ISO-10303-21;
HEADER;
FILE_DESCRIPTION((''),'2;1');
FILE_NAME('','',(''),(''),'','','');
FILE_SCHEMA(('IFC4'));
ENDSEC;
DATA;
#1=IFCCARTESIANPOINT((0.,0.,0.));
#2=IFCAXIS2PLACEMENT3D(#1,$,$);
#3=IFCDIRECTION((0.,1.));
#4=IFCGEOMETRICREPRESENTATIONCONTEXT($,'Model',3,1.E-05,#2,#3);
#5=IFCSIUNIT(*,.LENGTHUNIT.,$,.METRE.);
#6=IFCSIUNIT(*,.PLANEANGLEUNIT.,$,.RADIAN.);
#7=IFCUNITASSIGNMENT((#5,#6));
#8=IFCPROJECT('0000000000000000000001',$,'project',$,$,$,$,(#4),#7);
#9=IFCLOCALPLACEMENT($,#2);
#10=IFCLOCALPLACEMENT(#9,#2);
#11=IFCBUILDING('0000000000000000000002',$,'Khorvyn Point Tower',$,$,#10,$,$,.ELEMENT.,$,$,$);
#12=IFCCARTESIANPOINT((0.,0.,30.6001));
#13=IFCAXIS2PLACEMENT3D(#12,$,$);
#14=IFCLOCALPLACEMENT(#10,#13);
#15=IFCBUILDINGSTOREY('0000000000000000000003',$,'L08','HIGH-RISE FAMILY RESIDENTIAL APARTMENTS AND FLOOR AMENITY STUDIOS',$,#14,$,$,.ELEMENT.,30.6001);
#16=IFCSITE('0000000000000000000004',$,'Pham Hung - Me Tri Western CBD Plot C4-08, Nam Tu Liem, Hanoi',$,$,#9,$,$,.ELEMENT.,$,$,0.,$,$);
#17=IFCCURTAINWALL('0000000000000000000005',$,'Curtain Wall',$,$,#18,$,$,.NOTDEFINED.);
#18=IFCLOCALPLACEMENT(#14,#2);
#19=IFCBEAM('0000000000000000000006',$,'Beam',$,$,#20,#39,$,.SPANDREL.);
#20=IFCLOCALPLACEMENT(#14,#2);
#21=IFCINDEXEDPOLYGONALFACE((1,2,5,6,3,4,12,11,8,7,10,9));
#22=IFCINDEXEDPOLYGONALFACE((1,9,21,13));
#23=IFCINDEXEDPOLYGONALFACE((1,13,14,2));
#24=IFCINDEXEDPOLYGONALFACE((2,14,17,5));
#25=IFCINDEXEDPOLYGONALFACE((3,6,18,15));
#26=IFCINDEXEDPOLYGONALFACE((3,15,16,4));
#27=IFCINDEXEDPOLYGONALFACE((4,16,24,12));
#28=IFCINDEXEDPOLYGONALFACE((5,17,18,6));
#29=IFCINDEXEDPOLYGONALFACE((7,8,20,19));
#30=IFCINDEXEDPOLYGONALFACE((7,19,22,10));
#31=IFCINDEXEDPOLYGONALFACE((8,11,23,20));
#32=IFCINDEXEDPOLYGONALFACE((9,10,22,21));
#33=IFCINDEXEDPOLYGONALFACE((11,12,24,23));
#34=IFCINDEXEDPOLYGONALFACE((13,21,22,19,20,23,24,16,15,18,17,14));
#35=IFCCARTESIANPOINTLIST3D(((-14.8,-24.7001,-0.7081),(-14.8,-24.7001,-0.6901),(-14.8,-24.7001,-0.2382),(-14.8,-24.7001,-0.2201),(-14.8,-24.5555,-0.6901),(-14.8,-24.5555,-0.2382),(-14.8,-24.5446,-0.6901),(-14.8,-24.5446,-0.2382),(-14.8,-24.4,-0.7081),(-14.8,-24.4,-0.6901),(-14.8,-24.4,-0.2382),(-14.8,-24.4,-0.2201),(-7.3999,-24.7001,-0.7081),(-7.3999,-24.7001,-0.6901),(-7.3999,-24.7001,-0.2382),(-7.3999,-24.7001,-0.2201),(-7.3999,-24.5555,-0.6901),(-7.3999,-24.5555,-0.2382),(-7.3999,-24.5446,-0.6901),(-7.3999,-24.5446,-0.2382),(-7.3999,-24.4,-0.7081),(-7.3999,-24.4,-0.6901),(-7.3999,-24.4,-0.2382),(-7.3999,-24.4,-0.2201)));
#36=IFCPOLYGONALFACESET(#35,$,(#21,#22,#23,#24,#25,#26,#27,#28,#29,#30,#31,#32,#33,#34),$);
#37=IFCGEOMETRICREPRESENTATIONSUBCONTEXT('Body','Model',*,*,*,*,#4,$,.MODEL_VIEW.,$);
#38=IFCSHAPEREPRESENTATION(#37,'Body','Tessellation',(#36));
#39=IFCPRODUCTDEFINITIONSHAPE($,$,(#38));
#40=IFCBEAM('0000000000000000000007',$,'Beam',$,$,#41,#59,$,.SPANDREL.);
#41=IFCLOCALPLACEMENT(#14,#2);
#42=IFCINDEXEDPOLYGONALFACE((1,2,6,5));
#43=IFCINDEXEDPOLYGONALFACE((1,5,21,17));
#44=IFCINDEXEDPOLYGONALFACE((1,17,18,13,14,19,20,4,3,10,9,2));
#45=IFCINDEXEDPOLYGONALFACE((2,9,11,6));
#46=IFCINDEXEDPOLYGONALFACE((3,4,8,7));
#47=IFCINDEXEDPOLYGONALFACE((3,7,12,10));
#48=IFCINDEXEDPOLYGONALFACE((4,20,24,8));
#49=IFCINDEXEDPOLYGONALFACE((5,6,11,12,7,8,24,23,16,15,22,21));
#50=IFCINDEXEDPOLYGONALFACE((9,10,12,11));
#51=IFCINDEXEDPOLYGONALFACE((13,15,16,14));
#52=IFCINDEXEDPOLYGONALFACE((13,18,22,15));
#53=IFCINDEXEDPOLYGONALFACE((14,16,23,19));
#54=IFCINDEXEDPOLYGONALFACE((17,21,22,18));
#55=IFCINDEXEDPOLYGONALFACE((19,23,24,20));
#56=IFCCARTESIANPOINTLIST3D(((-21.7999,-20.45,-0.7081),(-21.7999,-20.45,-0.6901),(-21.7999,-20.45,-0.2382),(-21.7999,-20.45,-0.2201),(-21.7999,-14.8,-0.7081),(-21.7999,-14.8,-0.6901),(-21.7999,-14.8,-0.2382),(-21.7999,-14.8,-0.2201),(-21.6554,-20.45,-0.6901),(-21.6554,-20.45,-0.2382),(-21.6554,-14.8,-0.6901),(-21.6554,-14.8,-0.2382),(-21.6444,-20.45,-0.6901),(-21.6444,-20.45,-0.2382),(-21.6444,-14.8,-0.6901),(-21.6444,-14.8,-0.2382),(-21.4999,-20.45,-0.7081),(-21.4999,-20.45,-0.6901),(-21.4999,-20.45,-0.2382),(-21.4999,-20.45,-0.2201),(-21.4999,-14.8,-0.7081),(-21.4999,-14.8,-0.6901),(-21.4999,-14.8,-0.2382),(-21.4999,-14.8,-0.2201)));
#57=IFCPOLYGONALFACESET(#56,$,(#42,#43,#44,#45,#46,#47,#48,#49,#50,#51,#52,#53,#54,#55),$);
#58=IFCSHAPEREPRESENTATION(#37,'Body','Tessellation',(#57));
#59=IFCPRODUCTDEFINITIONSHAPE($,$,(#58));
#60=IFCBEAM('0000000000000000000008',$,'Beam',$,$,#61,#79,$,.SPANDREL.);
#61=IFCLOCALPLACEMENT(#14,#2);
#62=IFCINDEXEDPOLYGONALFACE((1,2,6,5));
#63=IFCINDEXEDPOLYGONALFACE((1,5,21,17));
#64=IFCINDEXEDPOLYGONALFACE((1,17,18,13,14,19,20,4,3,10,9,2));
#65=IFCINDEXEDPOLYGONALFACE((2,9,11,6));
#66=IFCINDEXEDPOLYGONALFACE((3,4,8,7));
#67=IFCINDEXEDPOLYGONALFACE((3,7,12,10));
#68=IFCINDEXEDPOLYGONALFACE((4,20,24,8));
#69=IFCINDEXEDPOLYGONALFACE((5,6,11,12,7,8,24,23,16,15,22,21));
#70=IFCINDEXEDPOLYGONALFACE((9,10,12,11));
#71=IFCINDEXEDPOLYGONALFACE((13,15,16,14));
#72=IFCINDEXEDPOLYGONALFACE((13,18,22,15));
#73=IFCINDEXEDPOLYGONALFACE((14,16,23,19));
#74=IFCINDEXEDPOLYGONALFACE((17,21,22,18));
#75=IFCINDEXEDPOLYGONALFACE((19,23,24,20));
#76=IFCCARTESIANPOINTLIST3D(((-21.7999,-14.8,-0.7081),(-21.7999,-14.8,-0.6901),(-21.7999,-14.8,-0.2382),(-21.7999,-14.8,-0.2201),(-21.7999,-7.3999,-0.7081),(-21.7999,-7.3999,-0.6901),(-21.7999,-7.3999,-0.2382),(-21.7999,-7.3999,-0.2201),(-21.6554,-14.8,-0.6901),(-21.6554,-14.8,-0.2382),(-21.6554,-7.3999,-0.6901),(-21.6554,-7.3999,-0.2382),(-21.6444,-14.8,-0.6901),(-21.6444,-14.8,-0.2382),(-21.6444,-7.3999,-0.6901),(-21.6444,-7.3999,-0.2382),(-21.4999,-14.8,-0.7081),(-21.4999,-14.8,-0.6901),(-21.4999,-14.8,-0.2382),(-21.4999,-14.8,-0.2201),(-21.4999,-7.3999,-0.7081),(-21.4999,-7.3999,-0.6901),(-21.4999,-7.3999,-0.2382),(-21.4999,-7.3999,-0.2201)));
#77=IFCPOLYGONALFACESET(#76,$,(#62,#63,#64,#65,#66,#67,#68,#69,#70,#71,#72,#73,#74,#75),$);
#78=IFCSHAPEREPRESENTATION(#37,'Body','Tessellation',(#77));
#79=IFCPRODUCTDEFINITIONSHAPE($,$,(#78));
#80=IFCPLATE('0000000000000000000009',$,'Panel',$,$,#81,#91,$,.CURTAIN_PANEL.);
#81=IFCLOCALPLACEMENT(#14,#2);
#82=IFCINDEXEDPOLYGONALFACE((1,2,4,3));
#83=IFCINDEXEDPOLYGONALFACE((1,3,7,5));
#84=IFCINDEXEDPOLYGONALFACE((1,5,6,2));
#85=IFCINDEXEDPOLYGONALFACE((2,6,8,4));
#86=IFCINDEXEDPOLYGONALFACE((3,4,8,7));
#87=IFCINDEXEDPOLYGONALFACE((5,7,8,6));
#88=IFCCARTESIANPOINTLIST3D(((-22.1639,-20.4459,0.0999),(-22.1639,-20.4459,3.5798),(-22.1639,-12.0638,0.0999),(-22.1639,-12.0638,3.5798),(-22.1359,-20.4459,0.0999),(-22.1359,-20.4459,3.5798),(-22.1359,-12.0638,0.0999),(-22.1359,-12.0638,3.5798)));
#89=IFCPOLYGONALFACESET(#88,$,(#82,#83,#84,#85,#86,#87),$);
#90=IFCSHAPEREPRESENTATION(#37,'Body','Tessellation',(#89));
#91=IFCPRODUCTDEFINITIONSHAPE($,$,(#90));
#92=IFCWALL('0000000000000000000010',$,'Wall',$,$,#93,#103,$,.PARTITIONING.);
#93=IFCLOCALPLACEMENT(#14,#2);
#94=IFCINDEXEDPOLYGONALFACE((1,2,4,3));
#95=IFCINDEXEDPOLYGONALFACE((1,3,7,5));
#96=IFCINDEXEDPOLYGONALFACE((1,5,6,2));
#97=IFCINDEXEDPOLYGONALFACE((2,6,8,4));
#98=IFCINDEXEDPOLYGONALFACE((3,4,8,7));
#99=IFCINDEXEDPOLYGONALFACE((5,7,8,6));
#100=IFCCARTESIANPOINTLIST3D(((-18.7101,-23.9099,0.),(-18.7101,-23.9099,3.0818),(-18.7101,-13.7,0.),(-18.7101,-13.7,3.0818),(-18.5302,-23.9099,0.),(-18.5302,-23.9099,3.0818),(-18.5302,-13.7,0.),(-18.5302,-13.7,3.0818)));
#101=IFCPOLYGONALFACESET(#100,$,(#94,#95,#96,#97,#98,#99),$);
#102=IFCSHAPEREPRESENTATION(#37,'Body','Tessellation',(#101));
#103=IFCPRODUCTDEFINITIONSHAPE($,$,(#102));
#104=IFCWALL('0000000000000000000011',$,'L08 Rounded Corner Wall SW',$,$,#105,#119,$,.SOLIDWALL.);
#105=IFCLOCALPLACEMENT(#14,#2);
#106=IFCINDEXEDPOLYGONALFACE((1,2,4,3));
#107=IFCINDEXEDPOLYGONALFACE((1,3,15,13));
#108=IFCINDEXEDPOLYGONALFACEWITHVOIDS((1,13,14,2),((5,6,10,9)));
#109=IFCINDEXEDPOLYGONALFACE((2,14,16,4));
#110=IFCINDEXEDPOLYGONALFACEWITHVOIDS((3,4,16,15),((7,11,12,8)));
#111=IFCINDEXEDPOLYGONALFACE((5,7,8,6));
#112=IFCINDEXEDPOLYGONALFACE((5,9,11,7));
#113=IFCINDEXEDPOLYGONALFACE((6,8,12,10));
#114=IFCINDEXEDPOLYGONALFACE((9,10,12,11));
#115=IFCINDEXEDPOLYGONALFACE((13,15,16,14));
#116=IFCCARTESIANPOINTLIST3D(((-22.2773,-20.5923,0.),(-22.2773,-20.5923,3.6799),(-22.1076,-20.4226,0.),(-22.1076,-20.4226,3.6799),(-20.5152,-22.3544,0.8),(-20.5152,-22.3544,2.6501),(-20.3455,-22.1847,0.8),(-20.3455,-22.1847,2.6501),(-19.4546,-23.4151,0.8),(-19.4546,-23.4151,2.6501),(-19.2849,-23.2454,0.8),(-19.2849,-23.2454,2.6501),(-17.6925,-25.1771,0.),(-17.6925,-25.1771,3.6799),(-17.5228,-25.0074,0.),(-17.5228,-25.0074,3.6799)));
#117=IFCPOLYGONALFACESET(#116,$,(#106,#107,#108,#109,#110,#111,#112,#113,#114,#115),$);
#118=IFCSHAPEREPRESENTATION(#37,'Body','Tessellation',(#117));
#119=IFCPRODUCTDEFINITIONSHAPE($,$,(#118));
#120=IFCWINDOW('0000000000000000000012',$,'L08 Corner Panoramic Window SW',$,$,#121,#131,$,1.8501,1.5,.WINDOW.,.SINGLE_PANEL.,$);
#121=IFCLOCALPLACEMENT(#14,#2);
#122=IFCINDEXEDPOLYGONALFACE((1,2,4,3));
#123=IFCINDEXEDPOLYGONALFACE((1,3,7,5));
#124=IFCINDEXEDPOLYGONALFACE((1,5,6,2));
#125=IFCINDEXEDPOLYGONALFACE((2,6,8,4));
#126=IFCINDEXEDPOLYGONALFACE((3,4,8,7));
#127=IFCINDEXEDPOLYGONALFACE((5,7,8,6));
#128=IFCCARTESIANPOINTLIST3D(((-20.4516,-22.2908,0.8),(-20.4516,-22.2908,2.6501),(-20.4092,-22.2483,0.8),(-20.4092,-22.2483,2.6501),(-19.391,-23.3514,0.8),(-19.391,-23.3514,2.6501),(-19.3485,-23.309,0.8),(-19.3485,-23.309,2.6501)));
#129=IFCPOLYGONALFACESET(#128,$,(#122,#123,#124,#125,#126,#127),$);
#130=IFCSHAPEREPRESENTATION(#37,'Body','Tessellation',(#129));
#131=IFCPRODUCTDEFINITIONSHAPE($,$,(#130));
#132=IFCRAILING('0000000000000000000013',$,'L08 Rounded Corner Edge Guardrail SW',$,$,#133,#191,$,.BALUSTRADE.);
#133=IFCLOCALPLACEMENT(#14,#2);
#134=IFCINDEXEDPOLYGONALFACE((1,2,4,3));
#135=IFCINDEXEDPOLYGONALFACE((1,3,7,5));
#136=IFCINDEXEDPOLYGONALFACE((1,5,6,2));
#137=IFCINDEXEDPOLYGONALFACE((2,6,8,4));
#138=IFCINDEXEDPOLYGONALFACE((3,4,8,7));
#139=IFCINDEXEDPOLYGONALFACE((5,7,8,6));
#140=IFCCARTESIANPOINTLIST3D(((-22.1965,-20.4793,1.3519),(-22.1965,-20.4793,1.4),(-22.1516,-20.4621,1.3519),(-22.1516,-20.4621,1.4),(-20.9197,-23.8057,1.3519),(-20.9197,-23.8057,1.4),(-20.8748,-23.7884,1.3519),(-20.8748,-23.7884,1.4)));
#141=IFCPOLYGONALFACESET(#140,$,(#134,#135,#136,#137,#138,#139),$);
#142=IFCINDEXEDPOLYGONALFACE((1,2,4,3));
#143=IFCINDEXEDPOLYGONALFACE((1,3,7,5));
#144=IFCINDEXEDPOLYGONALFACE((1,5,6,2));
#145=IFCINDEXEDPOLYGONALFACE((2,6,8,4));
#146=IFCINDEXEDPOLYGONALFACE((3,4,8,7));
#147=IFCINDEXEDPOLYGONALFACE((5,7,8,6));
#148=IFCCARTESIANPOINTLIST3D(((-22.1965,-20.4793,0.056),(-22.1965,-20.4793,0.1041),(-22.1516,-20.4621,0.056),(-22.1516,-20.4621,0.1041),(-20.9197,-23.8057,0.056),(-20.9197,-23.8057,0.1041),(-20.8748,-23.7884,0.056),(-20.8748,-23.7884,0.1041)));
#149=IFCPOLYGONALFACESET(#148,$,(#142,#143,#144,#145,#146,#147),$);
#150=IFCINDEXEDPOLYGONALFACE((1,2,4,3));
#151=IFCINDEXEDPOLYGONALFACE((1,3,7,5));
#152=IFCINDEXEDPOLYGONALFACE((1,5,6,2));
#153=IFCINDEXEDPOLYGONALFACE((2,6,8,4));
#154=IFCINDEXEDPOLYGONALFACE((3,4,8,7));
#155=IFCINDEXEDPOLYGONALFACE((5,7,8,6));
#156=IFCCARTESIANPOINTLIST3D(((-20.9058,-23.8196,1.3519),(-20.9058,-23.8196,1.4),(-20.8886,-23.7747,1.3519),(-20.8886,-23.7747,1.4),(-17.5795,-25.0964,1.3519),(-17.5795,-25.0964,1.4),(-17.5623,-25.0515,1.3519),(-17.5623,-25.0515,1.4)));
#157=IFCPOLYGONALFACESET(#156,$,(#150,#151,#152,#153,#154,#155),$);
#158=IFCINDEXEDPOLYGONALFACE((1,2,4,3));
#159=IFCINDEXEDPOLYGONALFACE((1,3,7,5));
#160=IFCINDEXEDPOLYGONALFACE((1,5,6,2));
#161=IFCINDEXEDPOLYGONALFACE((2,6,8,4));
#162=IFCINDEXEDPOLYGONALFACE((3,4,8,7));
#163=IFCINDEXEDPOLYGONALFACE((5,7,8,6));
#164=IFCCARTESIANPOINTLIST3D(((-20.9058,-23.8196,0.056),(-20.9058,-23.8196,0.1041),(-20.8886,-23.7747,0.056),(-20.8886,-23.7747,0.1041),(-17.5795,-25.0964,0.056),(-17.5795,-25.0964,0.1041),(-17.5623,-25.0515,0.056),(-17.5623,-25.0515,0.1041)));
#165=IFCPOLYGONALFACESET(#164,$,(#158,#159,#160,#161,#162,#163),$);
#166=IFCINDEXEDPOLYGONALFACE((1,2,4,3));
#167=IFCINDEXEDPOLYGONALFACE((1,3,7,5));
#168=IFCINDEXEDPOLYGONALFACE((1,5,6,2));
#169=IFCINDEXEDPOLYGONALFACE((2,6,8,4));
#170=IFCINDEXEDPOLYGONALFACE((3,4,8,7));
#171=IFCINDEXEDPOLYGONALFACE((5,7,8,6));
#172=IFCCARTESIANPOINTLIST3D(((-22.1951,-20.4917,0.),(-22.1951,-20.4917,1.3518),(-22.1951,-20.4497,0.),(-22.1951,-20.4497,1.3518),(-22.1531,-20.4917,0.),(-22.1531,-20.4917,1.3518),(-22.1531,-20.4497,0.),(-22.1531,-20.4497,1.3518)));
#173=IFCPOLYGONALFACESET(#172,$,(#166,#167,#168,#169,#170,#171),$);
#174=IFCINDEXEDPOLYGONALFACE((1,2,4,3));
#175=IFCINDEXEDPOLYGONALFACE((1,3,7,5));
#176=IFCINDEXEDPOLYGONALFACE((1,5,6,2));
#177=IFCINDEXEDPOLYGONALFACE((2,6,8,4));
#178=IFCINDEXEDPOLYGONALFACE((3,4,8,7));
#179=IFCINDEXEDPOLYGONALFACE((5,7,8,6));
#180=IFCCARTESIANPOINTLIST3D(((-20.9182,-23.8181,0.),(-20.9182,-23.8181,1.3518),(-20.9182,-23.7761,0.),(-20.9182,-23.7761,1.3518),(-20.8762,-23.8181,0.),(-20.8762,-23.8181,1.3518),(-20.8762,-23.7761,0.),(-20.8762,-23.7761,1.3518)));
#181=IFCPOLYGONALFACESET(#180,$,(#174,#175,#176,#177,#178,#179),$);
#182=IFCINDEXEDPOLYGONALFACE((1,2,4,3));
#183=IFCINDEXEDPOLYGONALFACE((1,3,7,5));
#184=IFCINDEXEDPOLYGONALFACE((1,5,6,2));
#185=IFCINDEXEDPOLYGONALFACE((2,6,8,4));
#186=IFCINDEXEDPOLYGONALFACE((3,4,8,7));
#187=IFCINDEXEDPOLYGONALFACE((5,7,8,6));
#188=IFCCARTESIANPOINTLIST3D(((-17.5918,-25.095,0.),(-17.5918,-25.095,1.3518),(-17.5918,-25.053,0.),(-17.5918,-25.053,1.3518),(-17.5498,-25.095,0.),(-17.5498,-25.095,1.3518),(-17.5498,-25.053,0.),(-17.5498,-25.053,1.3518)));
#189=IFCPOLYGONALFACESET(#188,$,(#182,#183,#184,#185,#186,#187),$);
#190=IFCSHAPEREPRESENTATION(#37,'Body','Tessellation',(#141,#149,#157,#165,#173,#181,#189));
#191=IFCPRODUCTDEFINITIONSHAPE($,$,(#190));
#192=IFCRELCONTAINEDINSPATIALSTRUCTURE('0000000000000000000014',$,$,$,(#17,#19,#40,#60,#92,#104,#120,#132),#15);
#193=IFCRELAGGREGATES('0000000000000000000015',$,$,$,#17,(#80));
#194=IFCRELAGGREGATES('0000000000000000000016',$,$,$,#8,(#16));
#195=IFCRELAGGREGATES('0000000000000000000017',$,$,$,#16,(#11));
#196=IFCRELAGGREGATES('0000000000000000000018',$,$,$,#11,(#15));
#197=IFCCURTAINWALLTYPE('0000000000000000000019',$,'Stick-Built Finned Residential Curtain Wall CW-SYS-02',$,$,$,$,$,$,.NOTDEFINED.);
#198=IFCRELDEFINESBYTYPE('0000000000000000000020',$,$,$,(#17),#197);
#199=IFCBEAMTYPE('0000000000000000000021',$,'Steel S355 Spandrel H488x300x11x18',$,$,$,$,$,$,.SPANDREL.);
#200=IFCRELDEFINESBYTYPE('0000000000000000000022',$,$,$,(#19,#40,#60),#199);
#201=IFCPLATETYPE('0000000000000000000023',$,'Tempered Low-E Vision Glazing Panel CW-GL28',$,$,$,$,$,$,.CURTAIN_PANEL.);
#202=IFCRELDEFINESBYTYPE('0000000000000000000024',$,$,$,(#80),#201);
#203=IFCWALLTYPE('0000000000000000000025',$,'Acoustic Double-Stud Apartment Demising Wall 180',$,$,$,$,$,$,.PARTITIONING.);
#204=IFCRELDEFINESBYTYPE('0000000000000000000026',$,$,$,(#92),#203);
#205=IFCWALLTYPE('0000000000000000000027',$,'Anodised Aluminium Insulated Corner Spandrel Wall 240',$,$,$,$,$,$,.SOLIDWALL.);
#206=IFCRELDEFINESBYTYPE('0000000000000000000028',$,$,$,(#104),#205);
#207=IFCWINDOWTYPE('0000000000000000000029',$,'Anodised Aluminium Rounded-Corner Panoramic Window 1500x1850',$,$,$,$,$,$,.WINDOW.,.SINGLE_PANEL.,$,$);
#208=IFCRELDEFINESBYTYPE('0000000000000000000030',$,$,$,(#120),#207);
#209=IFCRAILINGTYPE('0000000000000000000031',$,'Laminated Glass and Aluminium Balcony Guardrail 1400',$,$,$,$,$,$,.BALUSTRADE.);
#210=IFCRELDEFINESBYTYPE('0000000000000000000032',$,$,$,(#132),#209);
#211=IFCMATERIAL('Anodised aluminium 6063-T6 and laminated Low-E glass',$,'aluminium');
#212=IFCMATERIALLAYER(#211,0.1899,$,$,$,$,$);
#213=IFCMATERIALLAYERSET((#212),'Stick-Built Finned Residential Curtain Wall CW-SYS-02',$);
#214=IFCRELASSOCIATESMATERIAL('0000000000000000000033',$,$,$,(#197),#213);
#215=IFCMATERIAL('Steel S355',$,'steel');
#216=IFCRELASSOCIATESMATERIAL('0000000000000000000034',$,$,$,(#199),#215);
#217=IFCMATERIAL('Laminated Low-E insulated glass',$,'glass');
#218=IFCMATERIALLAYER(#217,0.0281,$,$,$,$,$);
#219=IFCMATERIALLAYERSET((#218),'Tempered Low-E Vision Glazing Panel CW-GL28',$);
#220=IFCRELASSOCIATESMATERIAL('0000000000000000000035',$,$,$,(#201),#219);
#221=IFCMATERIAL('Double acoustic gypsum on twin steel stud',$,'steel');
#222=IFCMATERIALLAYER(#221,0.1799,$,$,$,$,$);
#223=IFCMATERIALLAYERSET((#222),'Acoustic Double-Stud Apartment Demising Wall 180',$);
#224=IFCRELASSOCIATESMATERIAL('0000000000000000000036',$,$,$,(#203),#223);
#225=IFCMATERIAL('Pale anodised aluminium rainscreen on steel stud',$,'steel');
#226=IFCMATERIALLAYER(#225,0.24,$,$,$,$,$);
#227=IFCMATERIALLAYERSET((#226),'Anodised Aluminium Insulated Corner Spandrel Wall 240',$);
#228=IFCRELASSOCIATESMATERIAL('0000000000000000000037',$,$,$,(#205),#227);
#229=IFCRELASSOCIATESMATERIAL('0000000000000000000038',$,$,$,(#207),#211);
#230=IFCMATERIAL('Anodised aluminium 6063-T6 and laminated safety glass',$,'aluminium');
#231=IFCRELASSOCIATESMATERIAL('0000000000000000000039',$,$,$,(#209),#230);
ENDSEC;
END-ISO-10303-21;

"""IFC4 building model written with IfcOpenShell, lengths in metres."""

from ifc_helpers import new_model, si_unit, direction, frame, frame_2d, origin, origin_2d, place, context, subcontext, project, spatial, rectangle, i_section, extrude, material, layer, layer_set, material_profile, profile_set, type_object, element, fill, aggregate, save


model = new_model("IFC4")

# Units and contexts
model_context = context("Model", 3, precision=1e-05, world=origin(), true_north=direction((0.0, 1.0)))
body_context = subcontext(model_context, "Body", "Model", "MODEL_VIEW")
ifc_project = project(units=[si_unit("LENGTHUNIT", "METRE"), si_unit("PLANEANGLEUNIT", "RADIAN")], contexts=[model_context])

# Site, building, storey
site_placement = place(None, origin())
site = spatial("IfcSite", under=ifc_project, at=site_placement, Name="Pham Hung - Me Tri Western CBD Plot C4-08, Nam Tu Liem, Hanoi", CompositionType="ELEMENT", RefElevation=0.0)
building_placement = place(site_placement, origin())
building = spatial("IfcBuilding", under=site, at=building_placement, Name="Khorvyn Point Tower", CompositionType="ELEMENT")
storey_placement = place(building_placement, frame((0.0, 0.0, 30.6001)))
storey = spatial("IfcBuildingStorey", under=building, at=storey_placement, Name="L08", Description="HIGH-RISE FAMILY RESIDENTIAL APARTMENTS AND FLOOR AMENITY STUDIOS", CompositionType="ELEMENT", Elevation=30.6001)

# Shared definitions
ifc_material_1 = material(Name="Anodised aluminium 6063-T6 and laminated Low-E glass", Category="aluminium")
ifc_layer_1 = layer(ifc_material_1, 0.1899)
ifc_layer_set_1 = layer_set([ifc_layer_1], Name="Stick-Built Finned Residential Curtain Wall CW-SYS-02")
curtain_wall_type = type_object("IfcCurtainWallType", Name="Stick-Built Finned Residential Curtain Wall CW-SYS-02", PredefinedType="NOTDEFINED", material=ifc_layer_set_1)

# Curtain wall
curtain_wall_1_placement = place(storey_placement, origin())
curtain_wall_1 = element("IfcCurtainWall", 1, at=curtain_wall_1_placement, inside=storey, type_object=curtain_wall_type, Name="Curtain Wall", PredefinedType="NOTDEFINED")

# Beams
ifc_material_2 = material(Name="Steel S355", Category="steel")
ifc_material_profile_1 = material_profile(ifc_material_2, i_section(OverallWidth=0.3, OverallDepth=0.488, WebThickness=0.011, FlangeThickness=0.0181, at=origin_2d()))
ifc_profile_set_1 = profile_set([ifc_material_profile_1], Name="Steel S355 H488x300x11x18")
beam_type_1 = type_object("IfcBeamType", Name="Steel S355 Spandrel H488x300x11x18", PredefinedType="SPANDREL", material=ifc_profile_set_1)
beam_1_placement = place(storey_placement, frame((-14.8, -24.55, -0.4641), z_axis=(1.0, 0.0, 0.0), x_axis=(0.0, 1.0, 0.0)))
element("IfcBeam", 2, at=beam_1_placement, inside=storey, type_object=beam_type_1, Name="Beam", PredefinedType="SPANDREL", context=body_context, shape_type="SweptSolid", body=[
    extrude(i_section(OverallWidth=0.3, OverallDepth=0.488, WebThickness=0.011, FlangeThickness=0.0181, at=origin_2d()), origin(), (0.0, 0.0, 1.0), 7.4001),
])
beam_2_placement = place(storey_placement, frame((-21.6499, -20.45, -0.4641), z_axis=(0.0, 1.0, 0.0), x_axis=(-1.0, 0.0, 0.0)))
element("IfcBeam", 3, at=beam_2_placement, inside=storey, type_object=beam_type_1, Name="Beam", PredefinedType="SPANDREL", context=body_context, shape_type="SweptSolid", body=[
    extrude(i_section(OverallWidth=0.3, OverallDepth=0.488, WebThickness=0.011, FlangeThickness=0.0181, at=origin_2d()), origin(), (0.0, 0.0, 1.0), 5.6499),
])
beam_3_placement = place(storey_placement, frame((-21.6499, -14.8, -0.4641), z_axis=(0.0, 1.0, 0.0), x_axis=(-1.0, 0.0, 0.0)))
element("IfcBeam", 4, at=beam_3_placement, inside=storey, type_object=beam_type_1, Name="Beam", PredefinedType="SPANDREL", context=body_context, shape_type="SweptSolid", body=[
    extrude(i_section(OverallWidth=0.3, OverallDepth=0.488, WebThickness=0.011, FlangeThickness=0.0181, at=origin_2d()), origin(), (0.0, 0.0, 1.0), 7.4001),
])

# Plate
ifc_material_3 = material(Name="Laminated Low-E insulated glass", Category="glass")
ifc_layer_2 = layer(ifc_material_3, 0.0281)
ifc_layer_set_2 = layer_set([ifc_layer_2], Name="Tempered Low-E Vision Glazing Panel CW-GL28")
plate_type = type_object("IfcPlateType", Name="Tempered Low-E Vision Glazing Panel CW-GL28", PredefinedType="CURTAIN_PANEL", material=ifc_layer_set_2)
plate_placement = place(storey_placement, frame((-22.1499, -16.2549, 0.0999), z_axis=(0.0, 0.0, 1.0), x_axis=(0.0, 1.0, 0.0)))
plate = element("IfcPlate", 5, at=plate_placement, type_object=plate_type, Name="Panel", PredefinedType="CURTAIN_PANEL", context=body_context, shape_type="SweptSolid", body=[
    extrude(rectangle(XDim=8.3821, YDim=0.0281, at=origin_2d()), origin(), (0.0, 0.0, 1.0), 3.48),
])
aggregate(curtain_wall_1, [plate])

# Wall
ifc_material_4 = material(Name="Double acoustic gypsum on twin steel stud", Category="steel")
ifc_layer_3 = layer(ifc_material_4, 0.1799)
ifc_layer_set_3 = layer_set([ifc_layer_3], Name="Acoustic Double-Stud Apartment Demising Wall 180")
wall_type_1 = type_object("IfcWallType", Name="Acoustic Double-Stud Apartment Demising Wall 180", PredefinedType="PARTITIONING", material=ifc_layer_set_3)
wall_1_placement = place(storey_placement, frame((-18.6201, -23.9099, 0.0), z_axis=(0.0, 0.0, 1.0), x_axis=(0.0, 1.0, 0.0)))
element("IfcWall", 6, at=wall_1_placement, inside=storey, type_object=wall_type_1, Name="Wall", PredefinedType="PARTITIONING", context=body_context, shape_type="SweptSolid", body=[
    extrude(rectangle(XDim=10.21, YDim=0.1799, at=frame_2d((5.105, 0.0))), origin(), (0.0, 0.0, 1.0), 3.0818),
])

# Wall, opening, window
ifc_material_5 = material(Name="Pale anodised aluminium rainscreen on steel stud", Category="steel")
ifc_layer_4 = layer(ifc_material_5, 0.24)
ifc_layer_set_4 = layer_set([ifc_layer_4], Name="Anodised Aluminium Insulated Corner Spandrel Wall 240")
wall_type_2 = type_object("IfcWallType", Name="Anodised Aluminium Insulated Corner Spandrel Wall 240", PredefinedType="SOLIDWALL", material=ifc_layer_set_4)
wall_2_placement = place(storey_placement, frame((-17.6077, -25.0923, 0.0), z_axis=(0.0, 0.0, 1.0), x_axis=(-0.707107, 0.707107, 0.0)))
wall_2 = element("IfcWall", 7, at=wall_2_placement, inside=storey, type_object=wall_type_2, Name="L08 Rounded Corner Wall SW", PredefinedType="SOLIDWALL", context=body_context, shape_type="SweptSolid", body=[
    extrude(rectangle(XDim=6.4839, YDim=0.24, at=frame_2d((3.2419, 0.0))), origin(), (0.0, 0.0, 1.0), 3.6799),
])
opening_placement = place(wall_2_placement, frame((2.4919, 0.0, 0.8)))
opening = element("IfcOpeningElement", 8, at=opening_placement, cuts=wall_2, PredefinedType="OPENING", context=body_context, shape_type="SweptSolid", body=[
    extrude(rectangle(XDim=1.5, YDim=1.8501, at=frame_2d((0.75, 0.925))), frame((0.0, 0.1299, 0.0), z_axis=(0.0, -1.0, 0.0), x_axis=(1.0, 0.0, 0.0)), (0.0, 0.0, 1.0), 0.26),
])
window_type = type_object("IfcWindowType", Name="Anodised Aluminium Rounded-Corner Panoramic Window 1500x1850", PartitioningType="SINGLE_PANEL", PredefinedType="WINDOW", material=ifc_material_1)
window_placement = place(opening_placement, origin())
window = element("IfcWindow", 9, at=window_placement, inside=storey, type_object=window_type, Name="L08 Corner Panoramic Window SW", OverallHeight=1.8501, OverallWidth=1.5, PartitioningType="SINGLE_PANEL", PredefinedType="WINDOW", context=body_context, shape_type="SweptSolid", body=[
    extrude(rectangle(XDim=1.5, YDim=1.8501, at=frame_2d((0.75, 0.925))), frame((0.0, 0.03, 0.0), z_axis=(0.0, -1.0, 0.0), x_axis=(1.0, 0.0, 0.0)), (0.0, 0.0, 1.0), 0.0601),
])
fill(opening, window)

# Railing
ifc_material_6 = material(Name="Anodised aluminium 6063-T6 and laminated safety glass", Category="aluminium")
railing_type = type_object("IfcRailingType", Name="Laminated Glass and Aluminium Balcony Guardrail 1400", PredefinedType="BALUSTRADE", material=ifc_material_6)
railing_placement = place(storey_placement, frame((-22.1741, -20.4707, 0.0)))
element("IfcRailing", 10, at=railing_placement, inside=storey, type_object=railing_type, Name="L08 Rounded Corner Edge Guardrail SW", PredefinedType="BALUSTRADE", context=body_context, shape_type="SweptSolid", body=[
    extrude(rectangle(XDim=0.0481, YDim=0.0481, at=origin_2d()), frame((0.0, 0.0, 1.376), z_axis=(0.358359, -0.933584, 0.0), x_axis=(0.933584, 0.358359, 0.0)), (0.0, 0.0, 1.0), 3.563),
    extrude(rectangle(XDim=0.0481, YDim=0.0481, at=origin_2d()), frame((0.0, 0.0, 0.0801), z_axis=(0.358359, -0.933584, 0.0), x_axis=(0.933584, 0.358359, 0.0)), (0.0, 0.0, 1.0), 3.563),
    extrude(rectangle(XDim=0.0481, YDim=0.0481, at=origin_2d()), frame((1.2769, -3.3264, 1.376), z_axis=(0.933584, -0.358359, 0.0), x_axis=(0.358359, 0.933584, 0.0)), (0.0, 0.0, 1.0), 3.563),
    extrude(rectangle(XDim=0.0481, YDim=0.0481, at=origin_2d()), frame((1.2769, -3.3264, 0.0801), z_axis=(0.933584, -0.358359, 0.0), x_axis=(0.358359, 0.933584, 0.0)), (0.0, 0.0, 1.0), 3.563),
    extrude(rectangle(XDim=0.042, YDim=0.042, at=origin_2d()), origin(), (0.0, 0.0, 1.0), 1.3518),
    extrude(rectangle(XDim=0.042, YDim=0.042, at=origin_2d()), frame((1.2769, -3.3264, 0.0)), (0.0, 0.0, 1.0), 1.3518),
    extrude(rectangle(XDim=0.042, YDim=0.042, at=origin_2d()), frame((4.6033, -4.6033, 0.0)), (0.0, 0.0, 1.0), 1.3518),
])

save(model, "model.ifc")
